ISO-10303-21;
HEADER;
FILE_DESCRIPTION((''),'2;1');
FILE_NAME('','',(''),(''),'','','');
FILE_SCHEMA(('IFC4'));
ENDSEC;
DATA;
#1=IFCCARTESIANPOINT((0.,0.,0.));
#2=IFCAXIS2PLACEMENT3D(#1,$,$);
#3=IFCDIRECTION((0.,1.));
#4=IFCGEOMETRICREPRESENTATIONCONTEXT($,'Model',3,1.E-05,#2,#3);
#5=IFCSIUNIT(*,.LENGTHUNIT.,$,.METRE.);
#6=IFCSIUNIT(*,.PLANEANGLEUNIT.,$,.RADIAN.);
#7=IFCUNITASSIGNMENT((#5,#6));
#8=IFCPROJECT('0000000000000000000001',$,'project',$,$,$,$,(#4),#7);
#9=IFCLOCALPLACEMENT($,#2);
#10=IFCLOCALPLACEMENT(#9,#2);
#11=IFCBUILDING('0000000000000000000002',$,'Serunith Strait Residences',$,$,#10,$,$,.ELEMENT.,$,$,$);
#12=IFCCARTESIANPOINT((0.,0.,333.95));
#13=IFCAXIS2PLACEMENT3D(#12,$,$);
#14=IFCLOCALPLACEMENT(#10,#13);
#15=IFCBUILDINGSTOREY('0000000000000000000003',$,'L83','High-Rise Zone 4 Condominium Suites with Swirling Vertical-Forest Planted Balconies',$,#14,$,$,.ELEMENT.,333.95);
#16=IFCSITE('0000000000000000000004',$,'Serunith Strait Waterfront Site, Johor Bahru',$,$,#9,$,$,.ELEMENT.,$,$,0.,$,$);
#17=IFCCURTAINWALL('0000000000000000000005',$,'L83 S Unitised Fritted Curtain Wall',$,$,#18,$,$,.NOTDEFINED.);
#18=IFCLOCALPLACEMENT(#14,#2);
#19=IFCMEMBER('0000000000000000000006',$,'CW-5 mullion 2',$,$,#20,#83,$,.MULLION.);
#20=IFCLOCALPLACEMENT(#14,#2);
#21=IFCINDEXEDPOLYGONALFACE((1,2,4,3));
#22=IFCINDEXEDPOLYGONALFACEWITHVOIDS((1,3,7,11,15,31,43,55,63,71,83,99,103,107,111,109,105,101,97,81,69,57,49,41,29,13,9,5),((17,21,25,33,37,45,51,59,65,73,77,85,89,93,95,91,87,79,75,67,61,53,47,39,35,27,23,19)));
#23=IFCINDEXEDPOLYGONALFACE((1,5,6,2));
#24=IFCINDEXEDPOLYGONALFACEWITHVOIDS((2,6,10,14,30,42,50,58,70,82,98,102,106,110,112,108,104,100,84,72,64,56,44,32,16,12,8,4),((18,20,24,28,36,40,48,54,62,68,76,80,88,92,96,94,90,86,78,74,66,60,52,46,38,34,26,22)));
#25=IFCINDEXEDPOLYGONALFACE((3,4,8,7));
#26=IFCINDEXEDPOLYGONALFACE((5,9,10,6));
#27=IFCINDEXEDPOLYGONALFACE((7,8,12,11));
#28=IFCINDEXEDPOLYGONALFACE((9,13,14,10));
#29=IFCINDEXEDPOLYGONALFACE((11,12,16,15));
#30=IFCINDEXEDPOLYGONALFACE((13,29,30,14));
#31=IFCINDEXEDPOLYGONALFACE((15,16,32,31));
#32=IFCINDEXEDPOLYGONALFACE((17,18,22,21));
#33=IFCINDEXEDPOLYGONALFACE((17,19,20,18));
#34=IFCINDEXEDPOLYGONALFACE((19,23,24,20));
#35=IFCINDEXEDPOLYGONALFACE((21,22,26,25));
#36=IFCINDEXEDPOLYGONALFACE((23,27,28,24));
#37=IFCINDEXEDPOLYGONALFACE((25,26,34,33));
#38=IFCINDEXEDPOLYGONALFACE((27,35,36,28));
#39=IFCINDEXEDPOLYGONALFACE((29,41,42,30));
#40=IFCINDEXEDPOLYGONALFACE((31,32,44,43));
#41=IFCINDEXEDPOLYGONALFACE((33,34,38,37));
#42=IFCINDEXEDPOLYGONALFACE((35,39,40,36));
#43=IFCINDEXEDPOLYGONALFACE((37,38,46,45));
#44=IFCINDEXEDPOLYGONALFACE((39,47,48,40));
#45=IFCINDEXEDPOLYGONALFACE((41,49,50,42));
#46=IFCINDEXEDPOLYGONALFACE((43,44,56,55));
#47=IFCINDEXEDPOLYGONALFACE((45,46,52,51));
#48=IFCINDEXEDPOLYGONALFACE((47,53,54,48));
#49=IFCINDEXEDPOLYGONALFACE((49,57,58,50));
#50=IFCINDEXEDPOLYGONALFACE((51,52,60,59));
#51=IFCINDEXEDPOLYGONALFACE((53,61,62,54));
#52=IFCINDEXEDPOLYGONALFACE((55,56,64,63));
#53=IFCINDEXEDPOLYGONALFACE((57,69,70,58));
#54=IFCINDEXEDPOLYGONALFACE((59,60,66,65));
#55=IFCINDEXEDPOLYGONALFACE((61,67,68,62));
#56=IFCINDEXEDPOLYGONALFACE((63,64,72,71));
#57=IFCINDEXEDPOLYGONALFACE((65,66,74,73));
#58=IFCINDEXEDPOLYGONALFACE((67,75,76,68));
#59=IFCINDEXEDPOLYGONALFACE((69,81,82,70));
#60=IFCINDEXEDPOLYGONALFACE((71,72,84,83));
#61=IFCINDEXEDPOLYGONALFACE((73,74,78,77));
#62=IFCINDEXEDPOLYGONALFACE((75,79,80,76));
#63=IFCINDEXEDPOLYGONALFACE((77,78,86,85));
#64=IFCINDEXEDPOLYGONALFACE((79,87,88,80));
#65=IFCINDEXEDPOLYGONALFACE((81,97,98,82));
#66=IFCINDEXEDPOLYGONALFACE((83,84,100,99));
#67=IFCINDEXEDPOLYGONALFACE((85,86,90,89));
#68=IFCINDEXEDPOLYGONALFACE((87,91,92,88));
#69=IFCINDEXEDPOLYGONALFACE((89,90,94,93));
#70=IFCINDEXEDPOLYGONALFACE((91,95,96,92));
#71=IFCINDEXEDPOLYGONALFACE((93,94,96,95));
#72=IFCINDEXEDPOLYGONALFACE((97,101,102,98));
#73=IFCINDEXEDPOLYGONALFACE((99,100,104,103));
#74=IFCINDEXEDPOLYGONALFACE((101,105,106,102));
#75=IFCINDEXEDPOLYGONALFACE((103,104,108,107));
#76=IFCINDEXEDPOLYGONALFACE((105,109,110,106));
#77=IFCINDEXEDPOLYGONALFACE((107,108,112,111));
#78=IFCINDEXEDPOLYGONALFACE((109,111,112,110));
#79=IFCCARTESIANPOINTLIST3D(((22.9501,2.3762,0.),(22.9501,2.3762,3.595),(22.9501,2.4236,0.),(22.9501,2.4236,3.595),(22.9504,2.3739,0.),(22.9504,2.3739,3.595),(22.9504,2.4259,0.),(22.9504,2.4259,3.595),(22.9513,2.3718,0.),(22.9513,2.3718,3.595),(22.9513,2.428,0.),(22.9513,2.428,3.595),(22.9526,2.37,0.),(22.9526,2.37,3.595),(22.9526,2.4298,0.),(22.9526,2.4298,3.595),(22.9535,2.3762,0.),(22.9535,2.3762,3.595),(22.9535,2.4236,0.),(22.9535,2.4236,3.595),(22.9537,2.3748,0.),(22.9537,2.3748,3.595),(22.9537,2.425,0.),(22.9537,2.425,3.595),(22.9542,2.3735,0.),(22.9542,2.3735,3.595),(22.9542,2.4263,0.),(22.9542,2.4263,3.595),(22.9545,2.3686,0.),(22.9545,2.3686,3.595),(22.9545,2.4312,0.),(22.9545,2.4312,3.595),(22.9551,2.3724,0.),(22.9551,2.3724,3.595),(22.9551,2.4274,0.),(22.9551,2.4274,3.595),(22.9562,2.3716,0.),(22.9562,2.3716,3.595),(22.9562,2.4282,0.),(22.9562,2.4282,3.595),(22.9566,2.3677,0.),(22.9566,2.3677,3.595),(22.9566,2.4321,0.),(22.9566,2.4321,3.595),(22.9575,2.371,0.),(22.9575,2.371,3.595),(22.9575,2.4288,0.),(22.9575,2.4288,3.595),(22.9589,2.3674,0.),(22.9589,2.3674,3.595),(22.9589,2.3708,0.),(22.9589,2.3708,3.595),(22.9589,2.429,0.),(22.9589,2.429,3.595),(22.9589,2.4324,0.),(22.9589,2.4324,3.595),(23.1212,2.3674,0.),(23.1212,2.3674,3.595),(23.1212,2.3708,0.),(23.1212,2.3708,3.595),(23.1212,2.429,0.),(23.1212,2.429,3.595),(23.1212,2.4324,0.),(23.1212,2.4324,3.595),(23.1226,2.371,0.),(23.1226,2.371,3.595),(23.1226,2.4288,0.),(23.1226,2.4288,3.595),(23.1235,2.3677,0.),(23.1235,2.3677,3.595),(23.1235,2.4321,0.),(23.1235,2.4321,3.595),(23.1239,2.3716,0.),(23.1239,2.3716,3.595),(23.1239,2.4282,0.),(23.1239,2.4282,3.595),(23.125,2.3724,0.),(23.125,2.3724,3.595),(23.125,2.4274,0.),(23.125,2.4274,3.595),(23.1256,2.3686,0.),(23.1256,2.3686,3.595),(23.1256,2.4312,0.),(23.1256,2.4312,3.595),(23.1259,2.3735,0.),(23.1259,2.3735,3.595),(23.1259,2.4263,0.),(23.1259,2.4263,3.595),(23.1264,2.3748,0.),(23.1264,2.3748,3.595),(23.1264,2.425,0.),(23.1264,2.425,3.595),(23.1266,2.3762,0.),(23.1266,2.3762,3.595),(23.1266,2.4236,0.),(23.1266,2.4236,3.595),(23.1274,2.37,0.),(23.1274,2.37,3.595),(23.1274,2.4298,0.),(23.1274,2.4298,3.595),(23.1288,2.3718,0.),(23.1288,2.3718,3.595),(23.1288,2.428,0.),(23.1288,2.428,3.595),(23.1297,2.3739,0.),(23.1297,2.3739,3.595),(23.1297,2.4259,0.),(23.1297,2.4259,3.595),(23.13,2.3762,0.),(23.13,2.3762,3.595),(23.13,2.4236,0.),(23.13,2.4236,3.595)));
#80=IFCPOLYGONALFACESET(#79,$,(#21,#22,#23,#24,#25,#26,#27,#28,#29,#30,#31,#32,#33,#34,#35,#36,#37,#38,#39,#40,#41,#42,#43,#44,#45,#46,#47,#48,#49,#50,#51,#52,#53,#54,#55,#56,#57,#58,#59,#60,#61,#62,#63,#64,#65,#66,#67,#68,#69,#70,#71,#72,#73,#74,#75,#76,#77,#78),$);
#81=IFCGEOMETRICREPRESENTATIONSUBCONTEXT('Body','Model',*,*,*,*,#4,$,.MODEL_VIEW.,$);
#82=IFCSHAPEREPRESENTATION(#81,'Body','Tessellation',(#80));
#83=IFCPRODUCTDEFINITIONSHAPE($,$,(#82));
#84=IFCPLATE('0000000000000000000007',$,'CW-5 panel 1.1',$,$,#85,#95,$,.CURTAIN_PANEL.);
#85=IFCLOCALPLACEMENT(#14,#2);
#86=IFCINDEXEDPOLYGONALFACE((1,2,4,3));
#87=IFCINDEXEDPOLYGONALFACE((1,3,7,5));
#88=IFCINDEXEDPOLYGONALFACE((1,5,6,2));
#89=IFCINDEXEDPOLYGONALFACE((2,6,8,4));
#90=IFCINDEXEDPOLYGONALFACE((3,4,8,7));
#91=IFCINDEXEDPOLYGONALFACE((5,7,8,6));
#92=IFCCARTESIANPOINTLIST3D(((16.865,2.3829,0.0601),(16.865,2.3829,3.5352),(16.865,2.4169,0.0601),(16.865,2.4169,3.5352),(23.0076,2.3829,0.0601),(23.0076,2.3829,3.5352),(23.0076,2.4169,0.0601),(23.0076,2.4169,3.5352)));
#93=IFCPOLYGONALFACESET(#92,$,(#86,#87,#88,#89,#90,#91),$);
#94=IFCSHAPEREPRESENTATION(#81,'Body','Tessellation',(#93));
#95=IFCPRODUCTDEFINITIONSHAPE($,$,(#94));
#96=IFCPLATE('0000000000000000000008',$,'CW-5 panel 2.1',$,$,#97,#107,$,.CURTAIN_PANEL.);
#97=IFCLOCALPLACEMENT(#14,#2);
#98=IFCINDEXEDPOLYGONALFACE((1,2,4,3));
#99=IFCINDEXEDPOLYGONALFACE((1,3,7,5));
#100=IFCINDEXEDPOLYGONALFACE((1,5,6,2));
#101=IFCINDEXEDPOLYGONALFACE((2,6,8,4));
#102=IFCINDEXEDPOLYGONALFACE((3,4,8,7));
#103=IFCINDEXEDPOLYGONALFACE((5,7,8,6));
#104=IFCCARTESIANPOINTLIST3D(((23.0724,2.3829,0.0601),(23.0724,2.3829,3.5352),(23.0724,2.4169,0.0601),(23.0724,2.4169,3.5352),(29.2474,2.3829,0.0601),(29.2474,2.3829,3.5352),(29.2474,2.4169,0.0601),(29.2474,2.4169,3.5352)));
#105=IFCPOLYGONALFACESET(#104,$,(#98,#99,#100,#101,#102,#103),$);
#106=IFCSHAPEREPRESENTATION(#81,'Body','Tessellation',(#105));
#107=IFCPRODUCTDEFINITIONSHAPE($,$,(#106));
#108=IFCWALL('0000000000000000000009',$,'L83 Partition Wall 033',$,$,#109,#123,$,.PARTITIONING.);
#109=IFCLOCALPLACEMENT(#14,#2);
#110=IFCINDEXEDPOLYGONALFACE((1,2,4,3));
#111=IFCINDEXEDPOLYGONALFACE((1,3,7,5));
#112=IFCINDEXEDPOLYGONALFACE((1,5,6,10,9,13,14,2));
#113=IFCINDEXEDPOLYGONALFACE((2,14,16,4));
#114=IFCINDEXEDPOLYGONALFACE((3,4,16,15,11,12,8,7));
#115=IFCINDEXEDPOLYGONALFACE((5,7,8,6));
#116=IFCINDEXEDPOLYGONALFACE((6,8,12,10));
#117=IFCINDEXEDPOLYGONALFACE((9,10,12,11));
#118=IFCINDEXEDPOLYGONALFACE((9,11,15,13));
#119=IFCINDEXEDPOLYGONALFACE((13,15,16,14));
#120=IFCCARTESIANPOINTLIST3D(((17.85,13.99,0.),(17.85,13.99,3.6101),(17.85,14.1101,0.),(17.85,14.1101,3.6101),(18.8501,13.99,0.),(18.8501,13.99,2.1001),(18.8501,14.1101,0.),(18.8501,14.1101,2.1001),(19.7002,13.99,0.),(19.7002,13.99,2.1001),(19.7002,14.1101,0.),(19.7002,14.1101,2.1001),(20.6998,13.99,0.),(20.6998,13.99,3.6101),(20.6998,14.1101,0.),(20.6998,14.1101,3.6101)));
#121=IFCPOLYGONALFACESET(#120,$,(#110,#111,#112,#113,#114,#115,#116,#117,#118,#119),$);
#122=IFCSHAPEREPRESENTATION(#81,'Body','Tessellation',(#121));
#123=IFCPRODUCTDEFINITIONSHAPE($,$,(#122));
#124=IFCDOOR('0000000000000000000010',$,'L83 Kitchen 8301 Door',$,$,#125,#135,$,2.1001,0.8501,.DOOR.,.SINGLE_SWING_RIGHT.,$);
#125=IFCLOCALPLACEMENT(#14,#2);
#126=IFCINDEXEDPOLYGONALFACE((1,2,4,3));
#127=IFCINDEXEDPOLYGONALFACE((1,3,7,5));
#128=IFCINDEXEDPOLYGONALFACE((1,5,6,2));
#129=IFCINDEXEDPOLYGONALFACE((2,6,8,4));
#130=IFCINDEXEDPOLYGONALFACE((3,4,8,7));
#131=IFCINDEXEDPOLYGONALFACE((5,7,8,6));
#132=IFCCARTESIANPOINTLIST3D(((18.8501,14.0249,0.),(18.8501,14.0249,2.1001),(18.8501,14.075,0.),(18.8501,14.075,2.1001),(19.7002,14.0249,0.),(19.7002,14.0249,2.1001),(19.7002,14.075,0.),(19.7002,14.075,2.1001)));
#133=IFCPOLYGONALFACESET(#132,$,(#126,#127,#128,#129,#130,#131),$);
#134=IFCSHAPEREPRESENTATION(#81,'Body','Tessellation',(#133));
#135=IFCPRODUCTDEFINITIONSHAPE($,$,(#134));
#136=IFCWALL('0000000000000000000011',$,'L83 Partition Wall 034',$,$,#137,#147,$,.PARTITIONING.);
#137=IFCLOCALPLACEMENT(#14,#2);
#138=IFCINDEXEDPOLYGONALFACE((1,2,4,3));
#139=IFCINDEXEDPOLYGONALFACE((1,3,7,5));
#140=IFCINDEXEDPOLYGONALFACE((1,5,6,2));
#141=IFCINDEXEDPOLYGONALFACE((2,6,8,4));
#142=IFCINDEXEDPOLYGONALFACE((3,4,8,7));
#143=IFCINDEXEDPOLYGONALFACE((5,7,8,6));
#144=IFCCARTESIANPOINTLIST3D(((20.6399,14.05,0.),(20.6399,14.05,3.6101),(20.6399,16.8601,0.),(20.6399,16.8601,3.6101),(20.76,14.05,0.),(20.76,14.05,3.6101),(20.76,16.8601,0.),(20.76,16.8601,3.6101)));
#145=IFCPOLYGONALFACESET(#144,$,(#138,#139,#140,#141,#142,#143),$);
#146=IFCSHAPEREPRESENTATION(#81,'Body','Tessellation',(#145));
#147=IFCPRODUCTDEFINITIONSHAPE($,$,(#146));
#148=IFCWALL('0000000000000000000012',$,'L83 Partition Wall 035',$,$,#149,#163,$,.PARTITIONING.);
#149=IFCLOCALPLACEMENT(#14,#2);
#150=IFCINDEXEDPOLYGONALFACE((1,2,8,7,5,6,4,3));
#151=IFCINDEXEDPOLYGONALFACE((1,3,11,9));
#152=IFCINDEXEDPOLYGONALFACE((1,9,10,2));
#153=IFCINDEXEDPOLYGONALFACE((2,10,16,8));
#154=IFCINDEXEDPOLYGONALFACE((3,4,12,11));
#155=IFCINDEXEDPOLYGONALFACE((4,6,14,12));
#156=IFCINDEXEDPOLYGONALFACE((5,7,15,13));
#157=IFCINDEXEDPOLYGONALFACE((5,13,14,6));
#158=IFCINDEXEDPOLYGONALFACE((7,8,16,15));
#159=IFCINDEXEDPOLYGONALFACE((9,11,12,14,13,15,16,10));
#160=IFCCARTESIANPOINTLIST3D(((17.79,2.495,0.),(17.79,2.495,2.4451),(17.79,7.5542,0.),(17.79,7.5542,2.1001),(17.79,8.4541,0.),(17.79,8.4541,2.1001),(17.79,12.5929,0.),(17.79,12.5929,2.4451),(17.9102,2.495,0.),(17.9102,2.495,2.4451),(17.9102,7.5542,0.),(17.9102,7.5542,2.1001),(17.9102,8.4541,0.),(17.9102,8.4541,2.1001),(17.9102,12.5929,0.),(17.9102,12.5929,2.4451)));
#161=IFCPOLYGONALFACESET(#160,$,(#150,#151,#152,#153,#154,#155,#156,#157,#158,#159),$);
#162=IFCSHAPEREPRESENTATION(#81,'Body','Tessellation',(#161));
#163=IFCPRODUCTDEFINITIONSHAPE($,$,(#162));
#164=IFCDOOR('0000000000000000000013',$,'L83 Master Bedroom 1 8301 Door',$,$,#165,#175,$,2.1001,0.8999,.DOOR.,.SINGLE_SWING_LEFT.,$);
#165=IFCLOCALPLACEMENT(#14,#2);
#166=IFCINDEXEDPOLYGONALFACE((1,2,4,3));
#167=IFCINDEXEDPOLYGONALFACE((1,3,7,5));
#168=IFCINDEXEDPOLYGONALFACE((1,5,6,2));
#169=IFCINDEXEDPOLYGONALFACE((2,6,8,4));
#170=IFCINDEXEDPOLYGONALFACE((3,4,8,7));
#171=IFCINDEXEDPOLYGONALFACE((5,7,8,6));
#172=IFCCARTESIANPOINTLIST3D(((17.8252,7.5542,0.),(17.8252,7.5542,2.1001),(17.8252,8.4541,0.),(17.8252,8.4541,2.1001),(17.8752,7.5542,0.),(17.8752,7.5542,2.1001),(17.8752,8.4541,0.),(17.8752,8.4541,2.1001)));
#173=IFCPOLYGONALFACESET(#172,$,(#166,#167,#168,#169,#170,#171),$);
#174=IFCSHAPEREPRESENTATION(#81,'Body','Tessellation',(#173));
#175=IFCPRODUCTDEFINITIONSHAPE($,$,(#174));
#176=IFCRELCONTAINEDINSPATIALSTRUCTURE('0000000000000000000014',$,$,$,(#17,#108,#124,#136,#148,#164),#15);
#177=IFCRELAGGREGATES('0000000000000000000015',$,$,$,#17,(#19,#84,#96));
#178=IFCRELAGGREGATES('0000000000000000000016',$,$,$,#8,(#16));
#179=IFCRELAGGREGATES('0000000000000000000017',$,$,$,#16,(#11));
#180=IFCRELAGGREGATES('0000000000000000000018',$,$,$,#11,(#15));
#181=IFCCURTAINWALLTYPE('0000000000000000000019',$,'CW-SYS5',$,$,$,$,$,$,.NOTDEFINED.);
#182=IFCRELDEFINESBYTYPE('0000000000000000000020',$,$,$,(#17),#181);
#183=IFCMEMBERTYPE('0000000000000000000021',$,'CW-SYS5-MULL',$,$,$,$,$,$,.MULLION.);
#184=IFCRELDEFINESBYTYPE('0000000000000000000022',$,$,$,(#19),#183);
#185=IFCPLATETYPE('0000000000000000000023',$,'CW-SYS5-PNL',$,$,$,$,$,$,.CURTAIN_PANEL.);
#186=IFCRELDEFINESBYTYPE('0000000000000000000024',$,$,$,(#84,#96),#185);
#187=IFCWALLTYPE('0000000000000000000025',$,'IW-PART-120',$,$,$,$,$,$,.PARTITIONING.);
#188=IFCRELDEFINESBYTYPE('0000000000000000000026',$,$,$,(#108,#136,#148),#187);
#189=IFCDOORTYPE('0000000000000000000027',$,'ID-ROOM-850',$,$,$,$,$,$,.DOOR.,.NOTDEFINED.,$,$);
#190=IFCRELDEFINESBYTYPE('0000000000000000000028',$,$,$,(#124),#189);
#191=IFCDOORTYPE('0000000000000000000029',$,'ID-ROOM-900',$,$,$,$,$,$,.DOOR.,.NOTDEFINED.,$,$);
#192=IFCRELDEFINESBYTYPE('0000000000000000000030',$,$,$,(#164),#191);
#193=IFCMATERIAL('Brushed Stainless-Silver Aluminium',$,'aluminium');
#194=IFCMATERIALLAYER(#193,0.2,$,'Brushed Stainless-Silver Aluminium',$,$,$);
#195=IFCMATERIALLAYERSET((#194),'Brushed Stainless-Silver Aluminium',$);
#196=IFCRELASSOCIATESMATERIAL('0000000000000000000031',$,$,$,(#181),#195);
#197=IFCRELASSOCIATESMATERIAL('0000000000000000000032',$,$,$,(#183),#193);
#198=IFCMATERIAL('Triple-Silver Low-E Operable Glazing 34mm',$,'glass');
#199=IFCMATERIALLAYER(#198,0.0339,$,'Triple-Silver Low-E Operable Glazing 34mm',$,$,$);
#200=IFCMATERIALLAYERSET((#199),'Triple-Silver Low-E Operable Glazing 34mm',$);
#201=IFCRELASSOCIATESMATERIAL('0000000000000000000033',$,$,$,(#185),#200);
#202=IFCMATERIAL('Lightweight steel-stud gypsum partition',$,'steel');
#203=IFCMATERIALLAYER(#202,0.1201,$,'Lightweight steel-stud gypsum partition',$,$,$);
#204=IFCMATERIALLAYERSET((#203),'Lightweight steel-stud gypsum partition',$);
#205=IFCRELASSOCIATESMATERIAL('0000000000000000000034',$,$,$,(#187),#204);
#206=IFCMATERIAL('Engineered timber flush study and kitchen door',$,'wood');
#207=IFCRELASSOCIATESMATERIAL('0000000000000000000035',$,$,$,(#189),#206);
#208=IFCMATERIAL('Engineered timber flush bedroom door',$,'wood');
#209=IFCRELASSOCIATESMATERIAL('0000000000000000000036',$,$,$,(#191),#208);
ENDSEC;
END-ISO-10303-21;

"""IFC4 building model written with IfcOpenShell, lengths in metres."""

from ifc_helpers import new_model, si_unit, direction, frame, frame_2d, origin, origin_2d, place, context, subcontext, project, spatial, rectangle, hollow_rectangle, extrude, source, transform, mapped, material, layer, layer_set, material_profile, profile_set, type_object, element, fill, aggregate, save


model = new_model("IFC4")

# Units and contexts
model_context = context("Model", 3, precision=1e-05, world=origin(), true_north=direction((0.0, 1.0)))
body_context = subcontext(model_context, "Body", "Model", "MODEL_VIEW")
ifc_project = project(units=[si_unit("LENGTHUNIT", "METRE"), si_unit("PLANEANGLEUNIT", "RADIAN")], contexts=[model_context])

# Site, building, storey
site_placement = place(None, origin())
site = spatial("IfcSite", under=ifc_project, at=site_placement, Name="Serunith Strait Waterfront Site, Johor Bahru", CompositionType="ELEMENT", RefElevation=0.0)
building_placement = place(site_placement, origin())
building = spatial("IfcBuilding", under=site, at=building_placement, Name="Serunith Strait Residences", CompositionType="ELEMENT")
storey_placement = place(building_placement, frame((0.0, 0.0, 333.95)))
storey = spatial("IfcBuildingStorey", under=building, at=storey_placement, Name="L83", Description="High-Rise Zone 4 Condominium Suites with Swirling Vertical-Forest Planted Balconies", CompositionType="ELEMENT", Elevation=333.95)

# Curtain wall, member, plates
ifc_material_1 = material(Name="Brushed Stainless-Silver Aluminium", Category="aluminium")
ifc_layer_1 = layer(ifc_material_1, 0.2, Name="Brushed Stainless-Silver Aluminium")
ifc_layer_set_1 = layer_set([ifc_layer_1], Name="Brushed Stainless-Silver Aluminium")
curtain_wall_type = type_object("IfcCurtainWallType", Name="CW-SYS5", PredefinedType="NOTDEFINED", material=ifc_layer_set_1)
curtain_wall_placement = place(storey_placement, origin())
curtain_wall = element("IfcCurtainWall", 1, at=curtain_wall_placement, inside=storey, type_object=curtain_wall_type, Name="L83 S Unitised Fritted Curtain Wall", PredefinedType="NOTDEFINED")
ifc_material_profile_1 = material_profile(ifc_material_1, hollow_rectangle(XDim=0.0649, YDim=0.1799, WallThickness=0.0034, InnerFilletRadius=0.0054, OuterFilletRadius=0.0088, at=origin_2d()), Name="ALU 180x65x3.5")
ifc_profile_set_1 = profile_set([ifc_material_profile_1], Name="Brushed Stainless-Silver Aluminium")
member_type_1 = type_object("IfcMemberType", Name="CW-SYS5-MULL", PredefinedType="MULLION", material=ifc_profile_set_1)
shared_shape_1 = source(origin(), body_context, "Body", "SweptSolid", [
    extrude(hollow_rectangle(XDim=0.0649, YDim=0.1799, WallThickness=0.0034, InnerFilletRadius=0.0054, OuterFilletRadius=0.0088, at=origin_2d()), origin(), (0.0, 0.0, 1.0), 3.595),
])
member_1_placement = place(storey_placement, frame((23.04, 2.3999, 0.0), z_axis=(0.0, 0.0, 1.0), x_axis=(0.0, 1.0, 0.0)))
member_1 = element("IfcMember", 2, at=member_1_placement, type_object=member_type_1, Name="CW-5 mullion 2", PredefinedType="MULLION", context=body_context, shape_type="MappedRepresentation", body=[
    mapped(shared_shape_1, transform((0.0, 0.0, 0.0), scale=1.0)),
])
ifc_material_2 = material(Name="Triple-Silver Low-E Operable Glazing 34mm", Category="glass")
ifc_layer_2 = layer(ifc_material_2, 0.0339, Name="Triple-Silver Low-E Operable Glazing 34mm")
ifc_layer_set_2 = layer_set([ifc_layer_2], Name="Triple-Silver Low-E Operable Glazing 34mm")
plate_type = type_object("IfcPlateType", Name="CW-SYS5-PNL", PredefinedType="CURTAIN_PANEL", material=ifc_layer_set_2)
shared_shape_2 = source(origin(), body_context, "Body", "SweptSolid", [
    extrude(rectangle(XDim=6.1426, YDim=0.0339, at=origin_2d()), origin(), (0.0, 0.0, 1.0), 3.4751),
])
plate_1_placement = place(storey_placement, frame((19.9363, 2.3999, 0.0601), z_axis=(0.0, 0.0, 1.0), x_axis=(1.0, 0.0, 0.0)))
plate_1 = element("IfcPlate", 3, at=plate_1_placement, type_object=plate_type, Name="CW-5 panel 1.1", PredefinedType="CURTAIN_PANEL", context=body_context, shape_type="MappedRepresentation", body=[
    mapped(shared_shape_2, transform((0.0, 0.0, 0.0), scale=1.0)),
])
shared_shape_3 = source(origin(), body_context, "Body", "SweptSolid", [
    extrude(rectangle(XDim=6.175, YDim=0.0339, at=origin_2d()), origin(), (0.0, 0.0, 1.0), 3.4751),
])
plate_2_placement = place(storey_placement, frame((26.1599, 2.3999, 0.0601), z_axis=(0.0, 0.0, 1.0), x_axis=(1.0, 0.0, 0.0)))
plate_2 = element("IfcPlate", 4, at=plate_2_placement, type_object=plate_type, Name="CW-5 panel 2.1", PredefinedType="CURTAIN_PANEL", context=body_context, shape_type="MappedRepresentation", body=[
    mapped(shared_shape_3, transform((0.0, 0.0, 0.0), scale=1.0)),
])
aggregate(curtain_wall, [member_1, plate_1, plate_2])

# Wall, opening, door
ifc_material_3 = material(Name="Lightweight steel-stud gypsum partition", Category="steel")
ifc_layer_3 = layer(ifc_material_3, 0.1201, Name="Lightweight steel-stud gypsum partition")
ifc_layer_set_3 = layer_set([ifc_layer_3], Name="Lightweight steel-stud gypsum partition")
wall_type = type_object("IfcWallType", Name="IW-PART-120", PredefinedType="PARTITIONING", material=ifc_layer_set_3)
wall_1_placement = place(storey_placement, frame((17.8501, 14.05, 0.0), z_axis=(0.0, 0.0, 1.0), x_axis=(1.0, 0.0, 0.0)))
wall_1 = element("IfcWall", 5, at=wall_1_placement, inside=storey, type_object=wall_type, Name="L83 Partition Wall 033", PredefinedType="PARTITIONING", context=body_context, shape_type="SweptSolid", body=[
    extrude(rectangle(XDim=2.8499, YDim=0.1201, at=frame_2d((1.4248, 0.0))), origin(), (0.0, 0.0, 1.0), 3.6101),
])
opening_1_placement = place(wall_1_placement, frame((1.0, 0.0, 0.0)))
opening_1 = element("IfcOpeningElement", 6, at=opening_1_placement, cuts=wall_1, PredefinedType="OPENING", context=body_context, shape_type="SweptSolid", body=[
    extrude(rectangle(XDim=0.8501, YDim=2.1001, at=frame_2d((0.425, 1.05))), frame((0.0, 0.0701, 0.0), z_axis=(0.0, -1.0, 0.0), x_axis=(1.0, 0.0, 0.0)), (0.0, 0.0, 1.0), 0.1401),
])
ifc_material_4 = material(Name="Engineered timber flush study and kitchen door", Category="wood")
door_type_1 = type_object("IfcDoorType", Name="ID-ROOM-850", OperationType="NOTDEFINED", PredefinedType="DOOR", material=ifc_material_4)
shared_shape_4 = source(origin(), body_context, "Body", "SweptSolid", [
    extrude(rectangle(XDim=0.8501, YDim=2.1001, at=frame_2d((0.425, 1.05))), frame((0.0, 0.0249, 0.0), z_axis=(0.0, -1.0, 0.0), x_axis=(1.0, 0.0, 0.0)), (0.0, 0.0, 1.0), 0.05),
])
door_1_placement = place(opening_1_placement, origin())
door_1 = element("IfcDoor", 7, at=door_1_placement, inside=storey, type_object=door_type_1, Name="L83 Kitchen 8301 Door", OperationType="SINGLE_SWING_RIGHT", OverallHeight=2.1001, OverallWidth=0.8501, PredefinedType="DOOR", context=body_context, shape_type="MappedRepresentation", body=[
    mapped(shared_shape_4, transform((0.0, 0.0, 0.0), scale=1.0)),
])
fill(opening_1, door_1)

# Wall
wall_2_placement = place(storey_placement, frame((20.7, 14.05, 0.0), z_axis=(0.0, 0.0, 1.0), x_axis=(0.0, 1.0, 0.0)))
element("IfcWall", 8, at=wall_2_placement, inside=storey, type_object=wall_type, Name="L83 Partition Wall 034", PredefinedType="PARTITIONING", context=body_context, shape_type="SweptSolid", body=[
    extrude(rectangle(XDim=2.8101, YDim=0.1201, at=frame_2d((1.405, 0.0))), origin(), (0.0, 0.0, 1.0), 3.6101),
])

# Wall, opening, door
wall_3_placement = place(storey_placement, frame((17.8501, 2.4951, 0.0), z_axis=(0.0, 0.0, 1.0), x_axis=(0.0, 1.0, 0.0)))
wall_3 = element("IfcWall", 9, at=wall_3_placement, inside=storey, type_object=wall_type, Name="L83 Partition Wall 035", PredefinedType="PARTITIONING", context=body_context, shape_type="SweptSolid", body=[
    extrude(rectangle(XDim=10.0979, YDim=0.1201, at=frame_2d((5.0488, 0.0))), origin(), (0.0, 0.0, 1.0), 2.4451),
])
opening_2_placement = place(wall_3_placement, frame((5.0591, 0.0, 0.0)))
opening_2 = element("IfcOpeningElement", 10, at=opening_2_placement, cuts=wall_3, PredefinedType="OPENING", context=body_context, shape_type="SweptSolid", body=[
    extrude(rectangle(XDim=0.8999, YDim=2.1001, at=frame_2d((0.45, 1.05))), frame((0.0, 0.0701, 0.0), z_axis=(0.0, -1.0, 0.0), x_axis=(1.0, 0.0, 0.0)), (0.0, 0.0, 1.0), 0.1401),
])
ifc_material_5 = material(Name="Engineered timber flush bedroom door", Category="wood")
door_type_2 = type_object("IfcDoorType", Name="ID-ROOM-900", OperationType="NOTDEFINED", PredefinedType="DOOR", material=ifc_material_5)
shared_shape_5 = source(origin(), body_context, "Body", "SweptSolid", [
    extrude(rectangle(XDim=0.8999, YDim=2.1001, at=frame_2d((0.45, 1.05))), frame((0.0, 0.0249, 0.0), z_axis=(0.0, -1.0, 0.0), x_axis=(1.0, 0.0, 0.0)), (0.0, 0.0, 1.0), 0.05),
])
door_2_placement = place(opening_2_placement, origin())
door_2 = element("IfcDoor", 11, at=door_2_placement, inside=storey, type_object=door_type_2, Name="L83 Master Bedroom 1 8301 Door", OperationType="SINGLE_SWING_LEFT", OverallHeight=2.1001, OverallWidth=0.8999, PredefinedType="DOOR", context=body_context, shape_type="MappedRepresentation", body=[
    mapped(shared_shape_5, transform((0.0, 0.0, 0.0), scale=1.0)),
])
fill(opening_2, door_2)

save(model, "model.ifc")
